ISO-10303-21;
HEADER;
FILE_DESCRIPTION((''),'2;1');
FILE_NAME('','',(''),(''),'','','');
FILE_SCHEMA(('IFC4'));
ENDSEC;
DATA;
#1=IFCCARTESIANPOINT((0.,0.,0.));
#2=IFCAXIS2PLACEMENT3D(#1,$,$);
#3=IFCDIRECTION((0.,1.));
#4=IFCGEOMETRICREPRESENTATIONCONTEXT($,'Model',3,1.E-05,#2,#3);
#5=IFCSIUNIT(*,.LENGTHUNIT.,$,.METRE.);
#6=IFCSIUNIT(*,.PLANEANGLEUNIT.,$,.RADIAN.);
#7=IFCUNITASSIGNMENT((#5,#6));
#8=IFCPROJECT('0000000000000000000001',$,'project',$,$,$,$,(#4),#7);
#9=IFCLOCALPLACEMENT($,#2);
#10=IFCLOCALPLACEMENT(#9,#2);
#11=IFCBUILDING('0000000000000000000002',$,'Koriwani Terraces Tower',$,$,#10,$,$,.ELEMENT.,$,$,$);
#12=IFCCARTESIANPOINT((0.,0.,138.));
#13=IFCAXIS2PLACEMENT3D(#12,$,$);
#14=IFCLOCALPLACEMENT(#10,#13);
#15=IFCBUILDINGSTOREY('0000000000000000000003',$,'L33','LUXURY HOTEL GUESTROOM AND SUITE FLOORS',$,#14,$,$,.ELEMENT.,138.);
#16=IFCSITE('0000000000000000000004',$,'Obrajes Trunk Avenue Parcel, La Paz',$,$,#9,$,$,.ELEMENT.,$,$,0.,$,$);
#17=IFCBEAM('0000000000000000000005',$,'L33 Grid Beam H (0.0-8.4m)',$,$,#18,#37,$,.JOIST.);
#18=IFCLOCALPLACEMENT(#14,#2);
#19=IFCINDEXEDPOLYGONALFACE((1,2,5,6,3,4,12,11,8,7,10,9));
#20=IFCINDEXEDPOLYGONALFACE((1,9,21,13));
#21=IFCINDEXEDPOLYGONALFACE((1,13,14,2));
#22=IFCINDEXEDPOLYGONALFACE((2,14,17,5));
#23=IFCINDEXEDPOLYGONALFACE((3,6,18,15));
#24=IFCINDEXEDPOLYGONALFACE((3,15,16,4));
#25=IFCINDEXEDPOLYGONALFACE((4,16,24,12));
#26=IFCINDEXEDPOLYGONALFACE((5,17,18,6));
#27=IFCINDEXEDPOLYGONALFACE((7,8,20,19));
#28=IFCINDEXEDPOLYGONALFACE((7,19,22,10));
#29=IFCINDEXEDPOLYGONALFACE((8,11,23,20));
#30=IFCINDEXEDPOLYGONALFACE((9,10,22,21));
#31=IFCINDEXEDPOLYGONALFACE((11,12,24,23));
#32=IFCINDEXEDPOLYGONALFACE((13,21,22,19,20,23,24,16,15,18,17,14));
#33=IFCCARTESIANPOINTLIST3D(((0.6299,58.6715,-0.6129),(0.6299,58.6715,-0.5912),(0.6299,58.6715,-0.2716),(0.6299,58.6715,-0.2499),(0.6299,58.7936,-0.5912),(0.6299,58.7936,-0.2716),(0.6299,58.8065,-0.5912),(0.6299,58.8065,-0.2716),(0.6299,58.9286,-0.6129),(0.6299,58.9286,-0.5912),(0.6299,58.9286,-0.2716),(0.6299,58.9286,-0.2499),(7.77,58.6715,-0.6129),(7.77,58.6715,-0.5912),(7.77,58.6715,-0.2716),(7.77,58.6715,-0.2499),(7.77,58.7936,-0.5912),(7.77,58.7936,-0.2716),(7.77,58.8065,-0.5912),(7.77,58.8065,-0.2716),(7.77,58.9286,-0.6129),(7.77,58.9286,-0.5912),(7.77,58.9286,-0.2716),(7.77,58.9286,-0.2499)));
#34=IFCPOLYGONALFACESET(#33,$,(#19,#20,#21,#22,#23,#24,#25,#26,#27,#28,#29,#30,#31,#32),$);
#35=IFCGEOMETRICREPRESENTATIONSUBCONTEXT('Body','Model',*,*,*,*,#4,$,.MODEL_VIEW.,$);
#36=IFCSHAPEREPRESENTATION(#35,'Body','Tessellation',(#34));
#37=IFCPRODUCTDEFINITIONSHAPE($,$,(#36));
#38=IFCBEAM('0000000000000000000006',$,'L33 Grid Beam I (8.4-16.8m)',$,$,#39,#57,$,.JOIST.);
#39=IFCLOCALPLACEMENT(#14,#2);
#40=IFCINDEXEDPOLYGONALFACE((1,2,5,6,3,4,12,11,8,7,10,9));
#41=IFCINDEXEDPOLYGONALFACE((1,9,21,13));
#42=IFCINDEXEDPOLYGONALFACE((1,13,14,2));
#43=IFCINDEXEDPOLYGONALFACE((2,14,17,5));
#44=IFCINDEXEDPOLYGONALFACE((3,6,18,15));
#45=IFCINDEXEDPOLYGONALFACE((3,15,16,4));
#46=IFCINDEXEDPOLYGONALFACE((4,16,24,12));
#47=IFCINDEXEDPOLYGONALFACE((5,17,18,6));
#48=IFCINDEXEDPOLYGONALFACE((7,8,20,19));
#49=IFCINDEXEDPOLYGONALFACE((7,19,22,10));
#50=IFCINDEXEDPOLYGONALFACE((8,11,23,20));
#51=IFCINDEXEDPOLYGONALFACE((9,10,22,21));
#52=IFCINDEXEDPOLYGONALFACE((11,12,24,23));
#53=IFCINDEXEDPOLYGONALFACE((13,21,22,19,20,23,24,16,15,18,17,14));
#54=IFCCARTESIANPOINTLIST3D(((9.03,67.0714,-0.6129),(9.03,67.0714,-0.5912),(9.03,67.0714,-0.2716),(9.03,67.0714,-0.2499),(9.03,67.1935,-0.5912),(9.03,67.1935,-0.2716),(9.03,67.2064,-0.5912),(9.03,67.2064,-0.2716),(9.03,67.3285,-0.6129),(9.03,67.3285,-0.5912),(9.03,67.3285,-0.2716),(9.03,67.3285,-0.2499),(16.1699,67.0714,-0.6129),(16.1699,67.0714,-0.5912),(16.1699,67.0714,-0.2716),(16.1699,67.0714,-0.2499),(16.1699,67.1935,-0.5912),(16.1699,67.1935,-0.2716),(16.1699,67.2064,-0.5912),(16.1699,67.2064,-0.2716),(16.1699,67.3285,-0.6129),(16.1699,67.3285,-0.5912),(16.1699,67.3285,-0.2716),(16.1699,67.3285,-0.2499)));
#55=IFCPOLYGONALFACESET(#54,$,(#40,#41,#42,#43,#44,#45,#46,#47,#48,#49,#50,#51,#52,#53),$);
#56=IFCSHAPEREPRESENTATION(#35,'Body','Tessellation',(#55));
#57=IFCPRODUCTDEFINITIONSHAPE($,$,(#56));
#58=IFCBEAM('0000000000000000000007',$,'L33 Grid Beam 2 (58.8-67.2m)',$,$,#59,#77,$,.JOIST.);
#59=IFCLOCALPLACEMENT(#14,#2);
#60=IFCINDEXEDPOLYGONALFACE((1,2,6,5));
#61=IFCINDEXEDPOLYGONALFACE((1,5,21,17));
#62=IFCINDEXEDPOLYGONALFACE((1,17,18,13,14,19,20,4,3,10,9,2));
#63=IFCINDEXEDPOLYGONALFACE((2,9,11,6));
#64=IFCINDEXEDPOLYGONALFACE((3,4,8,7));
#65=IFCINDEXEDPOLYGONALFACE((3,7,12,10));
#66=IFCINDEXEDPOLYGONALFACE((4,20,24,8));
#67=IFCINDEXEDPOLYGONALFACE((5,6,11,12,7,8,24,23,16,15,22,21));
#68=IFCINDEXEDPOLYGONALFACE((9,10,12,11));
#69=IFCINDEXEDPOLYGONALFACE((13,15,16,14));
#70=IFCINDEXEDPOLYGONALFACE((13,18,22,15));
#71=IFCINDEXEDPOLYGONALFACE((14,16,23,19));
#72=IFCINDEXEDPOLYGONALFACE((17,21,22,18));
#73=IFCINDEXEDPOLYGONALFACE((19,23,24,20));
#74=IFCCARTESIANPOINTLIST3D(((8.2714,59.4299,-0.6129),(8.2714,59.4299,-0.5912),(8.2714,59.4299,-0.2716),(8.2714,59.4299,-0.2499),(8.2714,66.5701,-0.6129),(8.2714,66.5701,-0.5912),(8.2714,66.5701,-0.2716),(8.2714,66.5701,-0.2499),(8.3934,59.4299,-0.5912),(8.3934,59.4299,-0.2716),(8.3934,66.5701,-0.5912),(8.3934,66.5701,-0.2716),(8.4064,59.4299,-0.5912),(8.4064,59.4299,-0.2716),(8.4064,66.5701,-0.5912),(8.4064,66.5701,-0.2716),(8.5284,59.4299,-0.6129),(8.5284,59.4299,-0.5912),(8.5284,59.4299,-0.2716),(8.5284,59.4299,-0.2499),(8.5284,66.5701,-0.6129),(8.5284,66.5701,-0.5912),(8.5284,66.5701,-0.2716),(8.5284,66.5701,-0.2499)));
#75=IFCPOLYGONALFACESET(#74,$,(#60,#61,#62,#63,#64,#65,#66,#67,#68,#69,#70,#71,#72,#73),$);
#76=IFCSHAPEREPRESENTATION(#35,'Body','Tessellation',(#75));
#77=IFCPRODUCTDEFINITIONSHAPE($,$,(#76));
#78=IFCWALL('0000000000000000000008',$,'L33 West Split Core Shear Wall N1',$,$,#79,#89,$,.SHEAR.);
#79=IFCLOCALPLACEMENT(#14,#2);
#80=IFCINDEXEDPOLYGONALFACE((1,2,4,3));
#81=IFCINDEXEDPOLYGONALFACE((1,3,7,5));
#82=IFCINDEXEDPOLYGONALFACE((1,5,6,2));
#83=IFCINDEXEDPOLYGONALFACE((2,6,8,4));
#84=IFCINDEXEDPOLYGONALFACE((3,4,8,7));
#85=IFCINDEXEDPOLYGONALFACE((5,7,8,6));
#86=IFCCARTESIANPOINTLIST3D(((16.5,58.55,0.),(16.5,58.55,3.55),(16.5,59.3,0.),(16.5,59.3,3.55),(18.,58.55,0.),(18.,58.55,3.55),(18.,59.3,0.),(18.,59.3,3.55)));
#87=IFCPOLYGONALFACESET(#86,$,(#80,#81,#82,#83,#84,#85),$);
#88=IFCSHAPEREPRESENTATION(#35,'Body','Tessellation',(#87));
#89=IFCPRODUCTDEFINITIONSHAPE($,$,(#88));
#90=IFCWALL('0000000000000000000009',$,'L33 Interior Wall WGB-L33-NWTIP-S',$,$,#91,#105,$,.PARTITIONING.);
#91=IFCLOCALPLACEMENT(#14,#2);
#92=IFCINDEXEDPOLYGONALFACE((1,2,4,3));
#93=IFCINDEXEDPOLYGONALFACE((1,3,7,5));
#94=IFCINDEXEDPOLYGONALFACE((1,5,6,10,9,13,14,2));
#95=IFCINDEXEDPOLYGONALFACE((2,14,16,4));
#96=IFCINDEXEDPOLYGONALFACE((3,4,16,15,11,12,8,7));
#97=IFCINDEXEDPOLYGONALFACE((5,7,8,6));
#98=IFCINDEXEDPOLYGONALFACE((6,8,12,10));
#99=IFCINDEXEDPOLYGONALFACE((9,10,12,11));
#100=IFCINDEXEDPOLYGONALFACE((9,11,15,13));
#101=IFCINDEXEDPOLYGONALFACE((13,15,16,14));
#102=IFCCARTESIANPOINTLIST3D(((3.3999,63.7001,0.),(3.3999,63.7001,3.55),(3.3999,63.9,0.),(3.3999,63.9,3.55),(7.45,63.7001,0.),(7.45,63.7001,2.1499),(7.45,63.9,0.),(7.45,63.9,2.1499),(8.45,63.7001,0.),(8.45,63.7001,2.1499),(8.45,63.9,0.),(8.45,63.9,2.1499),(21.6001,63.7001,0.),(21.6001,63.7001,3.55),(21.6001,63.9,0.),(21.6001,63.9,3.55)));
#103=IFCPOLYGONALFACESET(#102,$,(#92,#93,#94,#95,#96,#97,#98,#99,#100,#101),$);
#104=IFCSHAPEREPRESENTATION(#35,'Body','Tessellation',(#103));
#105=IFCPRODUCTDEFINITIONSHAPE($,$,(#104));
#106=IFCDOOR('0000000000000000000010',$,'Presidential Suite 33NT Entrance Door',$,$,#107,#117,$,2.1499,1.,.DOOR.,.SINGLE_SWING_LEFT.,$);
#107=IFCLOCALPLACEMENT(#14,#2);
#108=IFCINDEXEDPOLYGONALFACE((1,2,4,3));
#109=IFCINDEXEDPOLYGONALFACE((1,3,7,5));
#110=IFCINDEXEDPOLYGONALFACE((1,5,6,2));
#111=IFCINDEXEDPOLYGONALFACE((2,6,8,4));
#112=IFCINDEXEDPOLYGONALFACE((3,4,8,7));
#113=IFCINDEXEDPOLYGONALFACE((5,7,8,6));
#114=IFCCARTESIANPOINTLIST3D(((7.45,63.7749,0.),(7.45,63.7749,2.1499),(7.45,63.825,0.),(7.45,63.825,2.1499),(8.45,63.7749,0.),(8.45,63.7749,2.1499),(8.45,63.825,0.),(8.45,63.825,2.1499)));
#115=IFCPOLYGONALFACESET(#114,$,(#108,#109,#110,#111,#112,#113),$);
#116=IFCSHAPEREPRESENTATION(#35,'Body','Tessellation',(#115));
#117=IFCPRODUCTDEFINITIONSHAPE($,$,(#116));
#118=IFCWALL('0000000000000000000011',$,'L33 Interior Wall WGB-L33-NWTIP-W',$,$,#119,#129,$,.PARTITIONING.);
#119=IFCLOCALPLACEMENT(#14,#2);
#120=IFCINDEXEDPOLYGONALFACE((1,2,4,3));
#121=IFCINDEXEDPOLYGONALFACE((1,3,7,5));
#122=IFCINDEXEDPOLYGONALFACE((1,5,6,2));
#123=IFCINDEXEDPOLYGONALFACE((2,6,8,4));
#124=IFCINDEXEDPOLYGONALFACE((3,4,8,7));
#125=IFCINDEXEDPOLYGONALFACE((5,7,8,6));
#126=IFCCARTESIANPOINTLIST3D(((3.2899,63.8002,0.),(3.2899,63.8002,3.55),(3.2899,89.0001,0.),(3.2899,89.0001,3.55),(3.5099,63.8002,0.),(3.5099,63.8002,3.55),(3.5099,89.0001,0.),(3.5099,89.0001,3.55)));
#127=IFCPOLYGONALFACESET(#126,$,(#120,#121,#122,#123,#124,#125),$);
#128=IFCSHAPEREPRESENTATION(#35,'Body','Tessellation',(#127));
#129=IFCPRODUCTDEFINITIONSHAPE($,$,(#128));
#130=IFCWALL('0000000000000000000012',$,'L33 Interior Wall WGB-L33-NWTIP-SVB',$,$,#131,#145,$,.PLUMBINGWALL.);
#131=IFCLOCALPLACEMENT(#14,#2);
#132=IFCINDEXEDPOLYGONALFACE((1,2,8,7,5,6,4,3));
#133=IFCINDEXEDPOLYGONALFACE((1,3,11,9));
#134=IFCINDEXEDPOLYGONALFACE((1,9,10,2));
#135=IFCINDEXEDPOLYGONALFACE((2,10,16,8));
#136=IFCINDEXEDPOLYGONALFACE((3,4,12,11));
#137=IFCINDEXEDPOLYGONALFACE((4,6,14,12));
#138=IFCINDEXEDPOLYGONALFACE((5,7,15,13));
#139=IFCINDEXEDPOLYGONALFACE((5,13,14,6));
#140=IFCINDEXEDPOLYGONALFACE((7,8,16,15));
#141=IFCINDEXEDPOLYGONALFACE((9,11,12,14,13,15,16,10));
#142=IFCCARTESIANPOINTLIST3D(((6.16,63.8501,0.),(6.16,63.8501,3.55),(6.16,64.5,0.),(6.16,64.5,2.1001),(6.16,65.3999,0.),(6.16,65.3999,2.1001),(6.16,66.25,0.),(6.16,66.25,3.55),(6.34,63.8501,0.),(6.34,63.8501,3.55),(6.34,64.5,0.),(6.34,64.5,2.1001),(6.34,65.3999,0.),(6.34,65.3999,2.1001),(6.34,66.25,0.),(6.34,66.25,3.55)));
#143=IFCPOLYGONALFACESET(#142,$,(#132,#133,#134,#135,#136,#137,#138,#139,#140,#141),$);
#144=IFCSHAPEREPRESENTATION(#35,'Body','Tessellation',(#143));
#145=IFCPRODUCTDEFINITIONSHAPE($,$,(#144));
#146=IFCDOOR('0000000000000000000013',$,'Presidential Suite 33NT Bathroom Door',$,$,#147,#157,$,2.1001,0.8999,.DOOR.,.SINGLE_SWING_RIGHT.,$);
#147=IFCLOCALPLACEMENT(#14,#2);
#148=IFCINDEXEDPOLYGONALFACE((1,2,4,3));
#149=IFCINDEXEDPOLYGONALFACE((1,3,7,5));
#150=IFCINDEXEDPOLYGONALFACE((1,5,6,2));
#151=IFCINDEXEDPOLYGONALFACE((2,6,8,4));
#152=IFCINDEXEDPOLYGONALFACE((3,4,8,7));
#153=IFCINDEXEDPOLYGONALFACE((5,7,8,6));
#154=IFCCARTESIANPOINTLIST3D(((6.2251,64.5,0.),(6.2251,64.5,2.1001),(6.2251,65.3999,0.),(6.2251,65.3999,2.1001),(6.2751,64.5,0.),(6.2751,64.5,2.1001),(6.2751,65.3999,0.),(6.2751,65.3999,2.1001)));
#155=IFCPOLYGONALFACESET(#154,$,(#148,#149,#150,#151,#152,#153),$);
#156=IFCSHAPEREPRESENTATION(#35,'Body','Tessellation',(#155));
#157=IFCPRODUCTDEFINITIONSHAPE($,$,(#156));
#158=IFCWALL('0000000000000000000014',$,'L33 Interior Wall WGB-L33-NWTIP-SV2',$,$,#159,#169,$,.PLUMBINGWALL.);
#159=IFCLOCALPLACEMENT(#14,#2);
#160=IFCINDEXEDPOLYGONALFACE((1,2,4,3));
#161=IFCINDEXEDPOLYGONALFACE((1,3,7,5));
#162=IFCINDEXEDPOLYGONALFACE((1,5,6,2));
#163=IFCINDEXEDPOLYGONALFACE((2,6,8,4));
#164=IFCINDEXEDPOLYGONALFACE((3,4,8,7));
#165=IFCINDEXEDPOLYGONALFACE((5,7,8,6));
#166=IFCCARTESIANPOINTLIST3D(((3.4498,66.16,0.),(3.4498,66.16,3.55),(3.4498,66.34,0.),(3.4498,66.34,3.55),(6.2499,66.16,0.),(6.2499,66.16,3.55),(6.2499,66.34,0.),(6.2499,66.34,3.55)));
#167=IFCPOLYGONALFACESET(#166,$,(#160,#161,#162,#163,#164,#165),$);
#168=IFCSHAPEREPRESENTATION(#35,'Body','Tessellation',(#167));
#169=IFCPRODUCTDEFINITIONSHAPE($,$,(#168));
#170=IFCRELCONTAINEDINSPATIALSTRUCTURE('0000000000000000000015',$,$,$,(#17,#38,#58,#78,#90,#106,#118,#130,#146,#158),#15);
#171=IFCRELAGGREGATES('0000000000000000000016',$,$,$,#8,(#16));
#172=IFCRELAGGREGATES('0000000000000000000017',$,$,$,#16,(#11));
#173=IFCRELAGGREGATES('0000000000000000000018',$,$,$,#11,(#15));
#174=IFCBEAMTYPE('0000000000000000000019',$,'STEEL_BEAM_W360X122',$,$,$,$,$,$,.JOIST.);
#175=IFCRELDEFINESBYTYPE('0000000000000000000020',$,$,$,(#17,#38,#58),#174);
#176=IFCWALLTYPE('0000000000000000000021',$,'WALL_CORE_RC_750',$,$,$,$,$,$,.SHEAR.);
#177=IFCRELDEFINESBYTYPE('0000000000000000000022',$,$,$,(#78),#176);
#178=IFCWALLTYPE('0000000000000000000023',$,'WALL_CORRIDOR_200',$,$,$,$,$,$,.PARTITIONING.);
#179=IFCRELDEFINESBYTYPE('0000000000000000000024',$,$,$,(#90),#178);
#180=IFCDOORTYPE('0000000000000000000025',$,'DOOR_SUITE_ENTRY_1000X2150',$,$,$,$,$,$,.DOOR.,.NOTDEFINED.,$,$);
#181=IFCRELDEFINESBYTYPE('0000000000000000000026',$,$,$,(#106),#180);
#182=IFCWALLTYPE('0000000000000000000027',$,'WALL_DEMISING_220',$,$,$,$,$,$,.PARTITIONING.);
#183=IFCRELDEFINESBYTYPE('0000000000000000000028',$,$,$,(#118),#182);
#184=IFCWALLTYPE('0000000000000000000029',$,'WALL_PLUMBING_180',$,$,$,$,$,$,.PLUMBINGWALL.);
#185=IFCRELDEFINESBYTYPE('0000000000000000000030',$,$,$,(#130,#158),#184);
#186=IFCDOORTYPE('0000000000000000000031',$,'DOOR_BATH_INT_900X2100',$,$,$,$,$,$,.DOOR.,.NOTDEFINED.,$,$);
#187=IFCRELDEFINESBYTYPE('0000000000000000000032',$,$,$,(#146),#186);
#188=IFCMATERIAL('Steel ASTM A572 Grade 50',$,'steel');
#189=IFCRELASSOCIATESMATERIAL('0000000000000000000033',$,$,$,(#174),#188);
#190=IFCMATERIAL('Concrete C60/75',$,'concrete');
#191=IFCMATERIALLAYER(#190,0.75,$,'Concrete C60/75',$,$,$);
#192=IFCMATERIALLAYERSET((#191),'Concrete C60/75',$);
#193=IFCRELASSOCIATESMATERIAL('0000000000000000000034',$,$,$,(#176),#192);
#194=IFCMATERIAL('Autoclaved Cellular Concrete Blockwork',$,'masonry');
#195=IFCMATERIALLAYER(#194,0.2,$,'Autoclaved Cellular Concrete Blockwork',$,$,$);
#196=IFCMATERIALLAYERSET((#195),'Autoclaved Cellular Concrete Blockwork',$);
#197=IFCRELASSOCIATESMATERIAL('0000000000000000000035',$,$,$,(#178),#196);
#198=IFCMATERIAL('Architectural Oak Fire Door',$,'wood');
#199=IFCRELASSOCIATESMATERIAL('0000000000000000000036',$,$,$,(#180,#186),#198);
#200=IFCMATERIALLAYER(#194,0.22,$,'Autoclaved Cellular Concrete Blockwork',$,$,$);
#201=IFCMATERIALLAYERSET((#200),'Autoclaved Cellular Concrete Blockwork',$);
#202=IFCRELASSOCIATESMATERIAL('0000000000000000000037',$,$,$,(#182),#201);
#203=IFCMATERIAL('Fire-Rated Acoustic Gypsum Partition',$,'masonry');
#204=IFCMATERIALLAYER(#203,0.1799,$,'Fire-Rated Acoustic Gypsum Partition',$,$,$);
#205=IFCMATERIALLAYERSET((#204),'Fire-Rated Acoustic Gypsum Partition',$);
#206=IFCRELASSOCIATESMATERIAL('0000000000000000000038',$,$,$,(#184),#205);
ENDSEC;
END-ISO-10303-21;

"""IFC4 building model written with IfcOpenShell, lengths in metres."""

from ifc_helpers import new_model, si_unit, direction, frame, frame_2d, origin, origin_2d, place, context, subcontext, project, spatial, rectangle, i_section, extrude, material, layer, layer_set, material_profile, profile_set, type_object, element, fill, save


model = new_model("IFC4")

# Units and contexts
model_context = context("Model", 3, precision=1e-05, world=origin(), true_north=direction((0.0, 1.0)))
body_context = subcontext(model_context, "Body", "Model", "MODEL_VIEW")
ifc_project = project(units=[si_unit("LENGTHUNIT", "METRE"), si_unit("PLANEANGLEUNIT", "RADIAN")], contexts=[model_context])

# Site, building, storey
site_placement = place(None, origin())
site = spatial("IfcSite", under=ifc_project, at=site_placement, Name="Obrajes Trunk Avenue Parcel, La Paz", CompositionType="ELEMENT", RefElevation=0.0)
building_placement = place(site_placement, origin())
building = spatial("IfcBuilding", under=site, at=building_placement, Name="Koriwani Terraces Tower", CompositionType="ELEMENT")
storey_placement = place(building_placement, frame((0.0, 0.0, 138.0)))
storey = spatial("IfcBuildingStorey", under=building, at=storey_placement, Name="L33", Description="LUXURY HOTEL GUESTROOM AND SUITE FLOORS", CompositionType="ELEMENT", Elevation=138.0)

# Shared definitions
ifc_material_1 = material(Name="Concrete C60/75", Category="concrete")

# Beams
ifc_material_2 = material(Name="Steel ASTM A572 Grade 50", Category="steel")
ifc_material_profile_1 = material_profile(ifc_material_2, i_section(OverallWidth=0.2571, OverallDepth=0.363, WebThickness=0.0129, FlangeThickness=0.0217, at=origin_2d()), Name="Steel ASTM A572 Grade 50", Category="LoadBearing")
ifc_profile_set_1 = profile_set([ifc_material_profile_1], Name="Steel ASTM A572 Grade 50")
beam_type_1 = type_object("IfcBeamType", Name="STEEL_BEAM_W360X122", PredefinedType="JOIST", material=ifc_profile_set_1)
beam_1_placement = place(storey_placement, frame((0.6299, 58.8, -0.4314), z_axis=(1.0, 0.0, 0.0), x_axis=(0.0, 1.0, 0.0)))
element("IfcBeam", 1, at=beam_1_placement, inside=storey, type_object=beam_type_1, Name="L33 Grid Beam H (0.0-8.4m)", PredefinedType="JOIST", context=body_context, shape_type="SweptSolid", body=[
    extrude(i_section(OverallWidth=0.2571, OverallDepth=0.363, WebThickness=0.0129, FlangeThickness=0.0217, at=origin_2d()), origin(), (0.0, 0.0, 1.0), 7.1401),
])
beam_2_placement = place(storey_placement, frame((9.03, 67.2, -0.4314), z_axis=(1.0, 0.0, 0.0), x_axis=(0.0, 1.0, 0.0)))
element("IfcBeam", 2, at=beam_2_placement, inside=storey, type_object=beam_type_1, Name="L33 Grid Beam I (8.4-16.8m)", PredefinedType="JOIST", context=body_context, shape_type="SweptSolid", body=[
    extrude(i_section(OverallWidth=0.2571, OverallDepth=0.363, WebThickness=0.0129, FlangeThickness=0.0217, at=origin_2d()), origin(), (0.0, 0.0, 1.0), 7.1399),
])
beam_3_placement = place(storey_placement, frame((8.3999, 59.4299, -0.4314), z_axis=(0.0, 1.0, 0.0), x_axis=(-1.0, 0.0, 0.0)))
element("IfcBeam", 3, at=beam_3_placement, inside=storey, type_object=beam_type_1, Name="L33 Grid Beam 2 (58.8-67.2m)", PredefinedType="JOIST", context=body_context, shape_type="SweptSolid", body=[
    extrude(i_section(OverallWidth=0.2571, OverallDepth=0.363, WebThickness=0.0129, FlangeThickness=0.0217, at=origin_2d()), origin(), (0.0, 0.0, 1.0), 7.1401),
])

# Wall
ifc_layer_1 = layer(ifc_material_1, 0.75, Name="Concrete C60/75")
ifc_layer_set_1 = layer_set([ifc_layer_1], Name="Concrete C60/75")
wall_type_1 = type_object("IfcWallType", Name="WALL_CORE_RC_750", PredefinedType="SHEAR", material=ifc_layer_set_1)
wall_1_placement = place(storey_placement, frame((16.5, 58.925, 0.0), z_axis=(0.0, 0.0, 1.0), x_axis=(1.0, 0.0, 0.0)))
element("IfcWall", 4, at=wall_1_placement, inside=storey, type_object=wall_type_1, Name="L33 West Split Core Shear Wall N1", PredefinedType="SHEAR", context=body_context, shape_type="SweptSolid", body=[
    extrude(rectangle(XDim=1.5, YDim=0.75, at=frame_2d((0.75, 0.0))), origin(), (0.0, 0.0, 1.0), 3.55),
])

# Wall, opening, door
ifc_material_3 = material(Name="Autoclaved Cellular Concrete Blockwork", Category="masonry")
ifc_layer_2 = layer(ifc_material_3, 0.2, Name="Autoclaved Cellular Concrete Blockwork")
ifc_layer_set_2 = layer_set([ifc_layer_2], Name="Autoclaved Cellular Concrete Blockwork")
wall_type_2 = type_object("IfcWallType", Name="WALL_CORRIDOR_200", PredefinedType="PARTITIONING", material=ifc_layer_set_2)
wall_2_placement = place(storey_placement, frame((3.3999, 63.8, 0.0), z_axis=(0.0, 0.0, 1.0), x_axis=(1.0, 0.0, 0.0)))
wall_2 = element("IfcWall", 5, at=wall_2_placement, inside=storey, type_object=wall_type_2, Name="L33 Interior Wall WGB-L33-NWTIP-S", PredefinedType="PARTITIONING", context=body_context, shape_type="SweptSolid", body=[
    extrude(rectangle(XDim=18.2002, YDim=0.2, at=frame_2d((9.1001, 0.0))), origin(), (0.0, 0.0, 1.0), 3.55),
])
opening_1_placement = place(wall_2_placement, frame((4.05, 0.0, 0.0)))
opening_1 = element("IfcOpeningElement", 6, at=opening_1_placement, cuts=wall_2, PredefinedType="OPENING", context=body_context, shape_type="SweptSolid", body=[
    extrude(rectangle(XDim=1.0, YDim=2.1499, at=frame_2d((0.5, 1.075))), frame((0.0, 0.1099, 0.0), z_axis=(0.0, -1.0, 0.0), x_axis=(1.0, 0.0, 0.0)), (0.0, 0.0, 1.0), 0.22),
])
ifc_material_4 = material(Name="Architectural Oak Fire Door", Category="wood")
door_type_1 = type_object("IfcDoorType", Name="DOOR_SUITE_ENTRY_1000X2150", OperationType="NOTDEFINED", PredefinedType="DOOR", material=ifc_material_4)
door_1_placement = place(opening_1_placement, origin())
door_1 = element("IfcDoor", 7, at=door_1_placement, inside=storey, type_object=door_type_1, Name="Presidential Suite 33NT Entrance Door", OperationType="SINGLE_SWING_LEFT", OverallHeight=2.1499, OverallWidth=1.0, PredefinedType="DOOR", context=body_context, shape_type="SweptSolid", body=[
    extrude(rectangle(XDim=1.0, YDim=2.1499, at=frame_2d((0.5, 1.075))), frame((0.0, 0.0249, 0.0), z_axis=(0.0, -1.0, 0.0), x_axis=(1.0, 0.0, 0.0)), (0.0, 0.0, 1.0), 0.05),
])
fill(opening_1, door_1)

# Wall
ifc_layer_3 = layer(ifc_material_3, 0.22, Name="Autoclaved Cellular Concrete Blockwork")
ifc_layer_set_3 = layer_set([ifc_layer_3], Name="Autoclaved Cellular Concrete Blockwork")
wall_type_3 = type_object("IfcWallType", Name="WALL_DEMISING_220", PredefinedType="PARTITIONING", material=ifc_layer_set_3)
wall_3_placement = place(storey_placement, frame((3.3999, 63.8, 0.0), z_axis=(0.0, 0.0, 1.0), x_axis=(0.0, 1.0, 0.0)))
element("IfcWall", 8, at=wall_3_placement, inside=storey, type_object=wall_type_3, Name="L33 Interior Wall WGB-L33-NWTIP-W", PredefinedType="PARTITIONING", context=body_context, shape_type="SweptSolid", body=[
    extrude(rectangle(XDim=25.2, YDim=0.22, at=frame_2d((12.6001, 0.0))), origin(), (0.0, 0.0, 1.0), 3.55),
])

# Wall, opening, door
ifc_material_5 = material(Name="Fire-Rated Acoustic Gypsum Partition", Category="masonry")
ifc_layer_4 = layer(ifc_material_5, 0.1799, Name="Fire-Rated Acoustic Gypsum Partition")
ifc_layer_set_4 = layer_set([ifc_layer_4], Name="Fire-Rated Acoustic Gypsum Partition")
wall_type_4 = type_object("IfcWallType", Name="WALL_PLUMBING_180", PredefinedType="PLUMBINGWALL", material=ifc_layer_set_4)
wall_4_placement = place(storey_placement, frame((6.25, 63.8501, 0.0), z_axis=(0.0, 0.0, 1.0), x_axis=(0.0, 1.0, 0.0)))
wall_4 = element("IfcWall", 9, at=wall_4_placement, inside=storey, type_object=wall_type_4, Name="L33 Interior Wall WGB-L33-NWTIP-SVB", PredefinedType="PLUMBINGWALL", context=body_context, shape_type="SweptSolid", body=[
    extrude(rectangle(XDim=2.3999, YDim=0.1799, at=frame_2d((1.2, 0.0))), origin(), (0.0, 0.0, 1.0), 3.55),
])
opening_2_placement = place(wall_4_placement, frame((0.6499, 0.0, 0.0)))
opening_2 = element("IfcOpeningElement", 10, at=opening_2_placement, cuts=wall_4, PredefinedType="OPENING", context=body_context, shape_type="SweptSolid", body=[
    extrude(rectangle(XDim=0.8999, YDim=2.1001, at=frame_2d((0.45, 1.05))), frame((0.0, 0.1001, 0.0), z_axis=(0.0, -1.0, 0.0), x_axis=(1.0, 0.0, 0.0)), (0.0, 0.0, 1.0), 0.2),
])
door_type_2 = type_object("IfcDoorType", Name="DOOR_BATH_INT_900X2100", OperationType="NOTDEFINED", PredefinedType="DOOR", material=ifc_material_4)
door_2_placement = place(opening_2_placement, origin())
door_2 = element("IfcDoor", 11, at=door_2_placement, inside=storey, type_object=door_type_2, Name="Presidential Suite 33NT Bathroom Door", OperationType="SINGLE_SWING_RIGHT", OverallHeight=2.1001, OverallWidth=0.8999, PredefinedType="DOOR", context=body_context, shape_type="SweptSolid", body=[
    extrude(rectangle(XDim=0.8999, YDim=2.1001, at=frame_2d((0.45, 1.05))), frame((0.0, 0.0249, 0.0), z_axis=(0.0, -1.0, 0.0), x_axis=(1.0, 0.0, 0.0)), (0.0, 0.0, 1.0), 0.05),
])
fill(opening_2, door_2)

# Wall
wall_5_placement = place(storey_placement, frame((3.45, 66.25, 0.0), z_axis=(0.0, 0.0, 1.0), x_axis=(1.0, 0.0, 0.0)))
element("IfcWall", 12, at=wall_5_placement, inside=storey, type_object=wall_type_4, Name="L33 Interior Wall WGB-L33-NWTIP-SV2", PredefinedType="PLUMBINGWALL", context=body_context, shape_type="SweptSolid", body=[
    extrude(rectangle(XDim=2.8, YDim=0.1799, at=frame_2d((1.3999, 0.0))), origin(), (0.0, 0.0, 1.0), 3.55),
])

save(model, "model.ifc")
